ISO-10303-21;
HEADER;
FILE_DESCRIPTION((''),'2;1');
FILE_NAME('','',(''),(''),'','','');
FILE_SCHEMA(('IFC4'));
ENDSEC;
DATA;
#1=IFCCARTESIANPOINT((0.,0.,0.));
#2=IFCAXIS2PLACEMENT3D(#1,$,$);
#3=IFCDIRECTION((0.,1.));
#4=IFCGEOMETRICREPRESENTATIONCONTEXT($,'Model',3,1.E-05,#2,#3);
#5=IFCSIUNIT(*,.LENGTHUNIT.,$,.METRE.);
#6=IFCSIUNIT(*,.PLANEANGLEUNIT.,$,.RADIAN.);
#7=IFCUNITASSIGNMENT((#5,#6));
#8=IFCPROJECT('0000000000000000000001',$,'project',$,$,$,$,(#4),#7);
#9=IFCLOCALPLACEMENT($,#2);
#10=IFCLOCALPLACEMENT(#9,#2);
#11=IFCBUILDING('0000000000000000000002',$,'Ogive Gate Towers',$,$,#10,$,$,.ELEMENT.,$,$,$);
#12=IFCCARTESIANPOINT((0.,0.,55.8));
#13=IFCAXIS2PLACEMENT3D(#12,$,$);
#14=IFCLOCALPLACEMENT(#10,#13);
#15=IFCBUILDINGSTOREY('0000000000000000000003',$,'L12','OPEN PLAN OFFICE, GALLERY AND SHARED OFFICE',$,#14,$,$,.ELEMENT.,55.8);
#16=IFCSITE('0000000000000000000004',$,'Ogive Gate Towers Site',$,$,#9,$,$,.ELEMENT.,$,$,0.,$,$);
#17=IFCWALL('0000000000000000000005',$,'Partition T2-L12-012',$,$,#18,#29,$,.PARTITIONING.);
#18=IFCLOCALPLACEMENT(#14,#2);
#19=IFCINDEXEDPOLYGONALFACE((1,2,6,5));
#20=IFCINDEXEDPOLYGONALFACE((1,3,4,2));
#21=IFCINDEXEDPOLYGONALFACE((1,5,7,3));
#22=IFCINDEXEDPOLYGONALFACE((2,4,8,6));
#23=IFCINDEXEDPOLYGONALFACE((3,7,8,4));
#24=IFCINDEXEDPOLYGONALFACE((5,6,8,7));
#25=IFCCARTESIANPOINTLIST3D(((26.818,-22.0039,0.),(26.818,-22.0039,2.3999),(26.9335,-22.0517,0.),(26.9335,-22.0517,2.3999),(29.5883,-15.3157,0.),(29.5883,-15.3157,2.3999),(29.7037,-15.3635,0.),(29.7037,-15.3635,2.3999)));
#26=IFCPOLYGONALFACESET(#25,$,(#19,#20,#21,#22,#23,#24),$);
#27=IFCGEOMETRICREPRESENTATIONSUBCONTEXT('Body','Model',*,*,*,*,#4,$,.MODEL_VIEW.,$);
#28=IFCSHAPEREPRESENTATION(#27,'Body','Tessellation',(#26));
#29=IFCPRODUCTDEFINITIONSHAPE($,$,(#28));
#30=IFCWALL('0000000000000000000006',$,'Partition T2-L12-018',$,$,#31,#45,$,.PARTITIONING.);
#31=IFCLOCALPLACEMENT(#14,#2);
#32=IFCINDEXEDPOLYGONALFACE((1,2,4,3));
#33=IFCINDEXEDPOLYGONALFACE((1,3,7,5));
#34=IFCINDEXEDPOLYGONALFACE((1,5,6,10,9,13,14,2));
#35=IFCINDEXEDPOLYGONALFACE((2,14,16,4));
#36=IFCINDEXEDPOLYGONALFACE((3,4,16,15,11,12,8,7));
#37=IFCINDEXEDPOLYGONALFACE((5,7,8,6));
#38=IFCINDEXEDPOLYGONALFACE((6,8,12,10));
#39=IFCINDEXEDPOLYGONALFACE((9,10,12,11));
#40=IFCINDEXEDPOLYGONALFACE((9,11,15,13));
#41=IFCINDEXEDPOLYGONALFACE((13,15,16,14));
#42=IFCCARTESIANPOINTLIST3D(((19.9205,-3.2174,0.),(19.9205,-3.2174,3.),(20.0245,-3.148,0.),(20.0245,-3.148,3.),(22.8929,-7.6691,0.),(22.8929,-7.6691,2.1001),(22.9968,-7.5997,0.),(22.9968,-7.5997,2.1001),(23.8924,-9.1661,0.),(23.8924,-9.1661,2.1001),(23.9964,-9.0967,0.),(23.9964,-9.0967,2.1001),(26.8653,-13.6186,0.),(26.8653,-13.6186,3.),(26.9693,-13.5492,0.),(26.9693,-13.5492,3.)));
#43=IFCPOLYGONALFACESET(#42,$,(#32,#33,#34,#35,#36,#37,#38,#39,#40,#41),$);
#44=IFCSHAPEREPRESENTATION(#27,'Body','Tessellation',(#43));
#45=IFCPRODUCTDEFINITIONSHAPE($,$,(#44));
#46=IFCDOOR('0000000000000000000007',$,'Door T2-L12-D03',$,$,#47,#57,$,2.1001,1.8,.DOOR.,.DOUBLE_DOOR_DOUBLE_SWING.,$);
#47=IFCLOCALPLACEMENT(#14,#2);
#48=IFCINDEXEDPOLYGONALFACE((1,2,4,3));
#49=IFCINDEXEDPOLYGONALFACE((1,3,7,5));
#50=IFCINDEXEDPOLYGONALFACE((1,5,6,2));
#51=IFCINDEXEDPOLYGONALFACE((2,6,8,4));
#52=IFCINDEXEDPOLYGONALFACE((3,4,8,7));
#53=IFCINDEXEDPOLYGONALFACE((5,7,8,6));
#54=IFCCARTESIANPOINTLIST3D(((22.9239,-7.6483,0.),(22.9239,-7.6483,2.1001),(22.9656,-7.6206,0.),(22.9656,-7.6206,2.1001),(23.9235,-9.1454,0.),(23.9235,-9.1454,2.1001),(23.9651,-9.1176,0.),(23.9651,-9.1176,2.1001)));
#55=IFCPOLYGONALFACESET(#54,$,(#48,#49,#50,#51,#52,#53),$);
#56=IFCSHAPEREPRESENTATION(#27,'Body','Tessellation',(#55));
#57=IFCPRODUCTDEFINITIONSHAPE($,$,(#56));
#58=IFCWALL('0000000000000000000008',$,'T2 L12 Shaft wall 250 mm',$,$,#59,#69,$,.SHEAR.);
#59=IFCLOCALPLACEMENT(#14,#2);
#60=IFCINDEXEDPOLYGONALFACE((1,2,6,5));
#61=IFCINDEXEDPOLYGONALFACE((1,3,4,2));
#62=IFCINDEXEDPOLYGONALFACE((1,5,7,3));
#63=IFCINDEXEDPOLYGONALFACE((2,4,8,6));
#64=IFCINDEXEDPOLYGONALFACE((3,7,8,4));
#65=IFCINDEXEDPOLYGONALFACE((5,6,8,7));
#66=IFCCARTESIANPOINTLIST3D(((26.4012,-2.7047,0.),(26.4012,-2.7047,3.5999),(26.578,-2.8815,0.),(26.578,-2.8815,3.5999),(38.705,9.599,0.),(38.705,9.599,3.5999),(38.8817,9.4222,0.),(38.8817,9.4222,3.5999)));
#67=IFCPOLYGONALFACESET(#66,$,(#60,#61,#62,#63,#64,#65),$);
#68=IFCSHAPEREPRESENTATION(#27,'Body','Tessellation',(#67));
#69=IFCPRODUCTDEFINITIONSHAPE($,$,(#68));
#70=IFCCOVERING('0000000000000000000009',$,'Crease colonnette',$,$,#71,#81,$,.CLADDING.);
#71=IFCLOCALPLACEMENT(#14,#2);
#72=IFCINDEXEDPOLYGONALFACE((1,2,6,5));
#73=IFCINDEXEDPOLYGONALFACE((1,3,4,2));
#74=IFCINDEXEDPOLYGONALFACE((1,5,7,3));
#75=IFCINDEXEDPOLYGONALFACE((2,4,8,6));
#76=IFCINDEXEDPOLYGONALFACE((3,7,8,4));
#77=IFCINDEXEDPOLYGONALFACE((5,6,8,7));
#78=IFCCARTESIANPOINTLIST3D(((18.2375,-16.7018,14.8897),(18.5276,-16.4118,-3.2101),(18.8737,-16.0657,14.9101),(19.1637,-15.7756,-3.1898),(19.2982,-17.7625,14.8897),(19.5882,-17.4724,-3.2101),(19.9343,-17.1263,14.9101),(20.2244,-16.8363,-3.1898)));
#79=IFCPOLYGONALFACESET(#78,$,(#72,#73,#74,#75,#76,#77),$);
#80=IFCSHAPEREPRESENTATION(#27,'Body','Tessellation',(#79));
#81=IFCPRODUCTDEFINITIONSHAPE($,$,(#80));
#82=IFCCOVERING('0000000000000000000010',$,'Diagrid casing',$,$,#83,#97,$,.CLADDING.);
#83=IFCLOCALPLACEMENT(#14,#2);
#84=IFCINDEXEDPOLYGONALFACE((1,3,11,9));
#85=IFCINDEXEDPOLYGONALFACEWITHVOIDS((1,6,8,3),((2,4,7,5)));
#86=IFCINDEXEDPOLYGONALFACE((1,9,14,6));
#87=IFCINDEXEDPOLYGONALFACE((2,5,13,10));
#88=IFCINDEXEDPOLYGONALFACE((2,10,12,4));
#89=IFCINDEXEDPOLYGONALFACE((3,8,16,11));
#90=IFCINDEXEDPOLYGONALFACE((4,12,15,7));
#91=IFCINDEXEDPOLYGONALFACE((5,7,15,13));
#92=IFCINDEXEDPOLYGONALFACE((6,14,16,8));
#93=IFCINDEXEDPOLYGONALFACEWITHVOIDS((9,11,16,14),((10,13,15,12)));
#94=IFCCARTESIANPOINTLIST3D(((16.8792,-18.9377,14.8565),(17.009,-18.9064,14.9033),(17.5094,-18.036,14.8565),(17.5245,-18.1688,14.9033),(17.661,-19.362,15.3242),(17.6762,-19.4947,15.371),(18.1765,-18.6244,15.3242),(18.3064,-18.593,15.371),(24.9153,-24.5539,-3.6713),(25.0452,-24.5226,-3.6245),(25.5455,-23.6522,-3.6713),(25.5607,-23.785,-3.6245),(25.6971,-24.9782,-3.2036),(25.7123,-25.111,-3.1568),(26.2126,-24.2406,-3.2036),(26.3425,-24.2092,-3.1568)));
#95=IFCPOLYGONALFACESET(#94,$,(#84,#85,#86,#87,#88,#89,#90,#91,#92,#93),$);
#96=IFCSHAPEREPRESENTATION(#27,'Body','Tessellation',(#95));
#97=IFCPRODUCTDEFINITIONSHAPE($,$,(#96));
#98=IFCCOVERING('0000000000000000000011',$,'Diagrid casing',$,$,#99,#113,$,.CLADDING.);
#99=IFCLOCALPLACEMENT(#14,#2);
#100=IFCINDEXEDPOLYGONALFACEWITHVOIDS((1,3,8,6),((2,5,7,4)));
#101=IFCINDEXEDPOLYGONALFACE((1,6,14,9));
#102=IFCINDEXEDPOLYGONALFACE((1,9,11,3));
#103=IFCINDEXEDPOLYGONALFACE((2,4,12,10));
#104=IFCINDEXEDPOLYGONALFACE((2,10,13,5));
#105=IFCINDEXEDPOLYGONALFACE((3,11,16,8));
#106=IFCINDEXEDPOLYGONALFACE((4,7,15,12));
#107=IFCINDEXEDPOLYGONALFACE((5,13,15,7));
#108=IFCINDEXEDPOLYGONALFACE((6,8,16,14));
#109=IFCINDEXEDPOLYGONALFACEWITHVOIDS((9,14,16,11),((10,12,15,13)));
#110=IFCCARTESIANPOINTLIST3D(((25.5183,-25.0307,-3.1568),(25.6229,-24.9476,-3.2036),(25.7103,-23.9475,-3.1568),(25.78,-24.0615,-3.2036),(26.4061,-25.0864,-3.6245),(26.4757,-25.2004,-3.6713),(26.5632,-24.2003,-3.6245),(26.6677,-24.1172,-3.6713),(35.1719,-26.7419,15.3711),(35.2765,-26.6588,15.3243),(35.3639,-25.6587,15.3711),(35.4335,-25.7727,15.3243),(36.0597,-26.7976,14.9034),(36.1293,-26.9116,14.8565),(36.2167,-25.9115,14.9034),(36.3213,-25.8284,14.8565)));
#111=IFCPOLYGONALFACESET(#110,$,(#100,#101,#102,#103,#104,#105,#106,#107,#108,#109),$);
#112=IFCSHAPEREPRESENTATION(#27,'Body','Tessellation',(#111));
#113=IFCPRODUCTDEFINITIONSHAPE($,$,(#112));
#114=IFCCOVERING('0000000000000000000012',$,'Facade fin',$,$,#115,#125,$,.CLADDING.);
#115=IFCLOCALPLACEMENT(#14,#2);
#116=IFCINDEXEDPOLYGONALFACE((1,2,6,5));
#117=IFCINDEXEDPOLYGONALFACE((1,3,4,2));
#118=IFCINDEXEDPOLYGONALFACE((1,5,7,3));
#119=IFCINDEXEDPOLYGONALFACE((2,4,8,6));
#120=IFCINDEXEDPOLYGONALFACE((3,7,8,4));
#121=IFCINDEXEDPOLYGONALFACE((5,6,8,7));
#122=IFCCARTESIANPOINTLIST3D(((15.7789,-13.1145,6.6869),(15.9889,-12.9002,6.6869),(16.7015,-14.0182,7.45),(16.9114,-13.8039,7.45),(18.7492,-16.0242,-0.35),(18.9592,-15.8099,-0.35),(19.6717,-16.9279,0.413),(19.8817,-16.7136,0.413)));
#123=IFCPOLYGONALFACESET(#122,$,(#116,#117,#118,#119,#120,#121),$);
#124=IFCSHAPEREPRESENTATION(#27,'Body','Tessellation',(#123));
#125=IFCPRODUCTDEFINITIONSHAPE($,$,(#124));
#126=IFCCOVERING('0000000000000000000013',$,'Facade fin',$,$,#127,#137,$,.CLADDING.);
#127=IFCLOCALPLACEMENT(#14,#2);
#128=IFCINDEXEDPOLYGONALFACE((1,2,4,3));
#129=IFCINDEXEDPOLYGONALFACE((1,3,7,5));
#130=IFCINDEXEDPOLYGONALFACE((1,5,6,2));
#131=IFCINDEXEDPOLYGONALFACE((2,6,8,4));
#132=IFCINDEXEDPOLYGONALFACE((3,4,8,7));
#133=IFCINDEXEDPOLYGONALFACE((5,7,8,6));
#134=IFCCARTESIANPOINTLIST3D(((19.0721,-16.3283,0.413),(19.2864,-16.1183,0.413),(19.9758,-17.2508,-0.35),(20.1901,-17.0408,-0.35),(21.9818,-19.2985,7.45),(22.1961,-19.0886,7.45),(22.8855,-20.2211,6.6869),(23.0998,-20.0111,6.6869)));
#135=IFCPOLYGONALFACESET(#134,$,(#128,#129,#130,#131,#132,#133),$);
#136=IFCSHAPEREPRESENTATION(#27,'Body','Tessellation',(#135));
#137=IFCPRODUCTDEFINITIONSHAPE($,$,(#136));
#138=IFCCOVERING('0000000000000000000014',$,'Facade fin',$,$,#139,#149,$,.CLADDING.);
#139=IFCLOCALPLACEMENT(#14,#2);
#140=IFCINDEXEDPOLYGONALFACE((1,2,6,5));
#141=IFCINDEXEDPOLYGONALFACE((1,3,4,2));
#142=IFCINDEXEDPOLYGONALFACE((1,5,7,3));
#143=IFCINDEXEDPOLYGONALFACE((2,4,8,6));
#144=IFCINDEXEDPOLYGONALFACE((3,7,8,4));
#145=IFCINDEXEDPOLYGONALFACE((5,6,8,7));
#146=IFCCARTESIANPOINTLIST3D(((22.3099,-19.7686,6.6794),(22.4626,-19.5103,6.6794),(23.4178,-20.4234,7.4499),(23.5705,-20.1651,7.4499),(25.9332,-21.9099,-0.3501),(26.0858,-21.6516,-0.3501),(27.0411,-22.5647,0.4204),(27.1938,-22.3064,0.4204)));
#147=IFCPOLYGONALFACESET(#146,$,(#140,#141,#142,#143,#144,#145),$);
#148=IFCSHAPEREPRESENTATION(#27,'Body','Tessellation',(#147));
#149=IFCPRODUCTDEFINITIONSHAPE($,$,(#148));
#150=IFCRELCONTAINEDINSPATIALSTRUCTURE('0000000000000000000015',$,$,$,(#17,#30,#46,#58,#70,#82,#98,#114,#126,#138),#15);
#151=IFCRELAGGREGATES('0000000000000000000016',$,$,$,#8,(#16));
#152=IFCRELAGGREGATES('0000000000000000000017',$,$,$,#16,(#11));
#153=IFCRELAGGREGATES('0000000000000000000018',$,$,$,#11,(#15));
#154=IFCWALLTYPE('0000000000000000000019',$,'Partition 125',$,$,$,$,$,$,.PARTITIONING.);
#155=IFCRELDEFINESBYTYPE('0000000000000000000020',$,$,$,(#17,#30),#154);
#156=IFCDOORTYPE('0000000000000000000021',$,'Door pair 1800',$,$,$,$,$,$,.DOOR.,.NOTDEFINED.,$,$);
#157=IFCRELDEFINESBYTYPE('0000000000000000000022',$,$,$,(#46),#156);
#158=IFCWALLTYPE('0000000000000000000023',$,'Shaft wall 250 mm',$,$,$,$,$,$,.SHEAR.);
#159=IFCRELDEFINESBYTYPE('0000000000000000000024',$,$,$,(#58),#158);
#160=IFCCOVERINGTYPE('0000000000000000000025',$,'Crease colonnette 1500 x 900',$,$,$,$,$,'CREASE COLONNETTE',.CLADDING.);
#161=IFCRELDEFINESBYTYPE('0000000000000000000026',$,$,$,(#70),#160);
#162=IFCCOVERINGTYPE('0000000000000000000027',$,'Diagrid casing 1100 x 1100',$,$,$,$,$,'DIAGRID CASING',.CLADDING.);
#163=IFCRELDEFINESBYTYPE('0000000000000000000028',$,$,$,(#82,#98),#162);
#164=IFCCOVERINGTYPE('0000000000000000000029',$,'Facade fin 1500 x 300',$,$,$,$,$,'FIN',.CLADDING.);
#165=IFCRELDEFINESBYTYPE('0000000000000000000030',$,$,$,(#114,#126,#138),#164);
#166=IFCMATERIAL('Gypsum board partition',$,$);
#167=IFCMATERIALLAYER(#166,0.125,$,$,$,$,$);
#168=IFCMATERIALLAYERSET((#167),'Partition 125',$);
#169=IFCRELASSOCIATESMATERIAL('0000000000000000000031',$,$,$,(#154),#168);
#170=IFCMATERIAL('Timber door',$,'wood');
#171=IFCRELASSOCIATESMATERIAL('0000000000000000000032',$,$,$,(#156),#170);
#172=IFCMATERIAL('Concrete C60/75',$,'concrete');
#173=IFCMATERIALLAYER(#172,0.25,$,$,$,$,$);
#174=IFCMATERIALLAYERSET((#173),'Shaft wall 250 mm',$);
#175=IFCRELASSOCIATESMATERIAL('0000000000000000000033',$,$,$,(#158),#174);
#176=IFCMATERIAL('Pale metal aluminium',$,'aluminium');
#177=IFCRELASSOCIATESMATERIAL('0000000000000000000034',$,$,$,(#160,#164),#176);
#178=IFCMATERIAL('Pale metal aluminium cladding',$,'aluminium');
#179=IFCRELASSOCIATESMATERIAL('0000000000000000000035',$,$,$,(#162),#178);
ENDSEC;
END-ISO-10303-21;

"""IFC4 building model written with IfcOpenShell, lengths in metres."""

from ifc_helpers import new_model, si_unit, direction, frame, frame_2d, origin, origin_2d, place, context, subcontext, project, spatial, rectangle, hollow_rectangle, extrude, material, layer, layer_set, material_profile, profile_set, type_object, element, fill, save


model = new_model("IFC4")

# Units and contexts
model_context = context("Model", 3, precision=1e-05, world=origin(), true_north=direction((0.0, 1.0)))
body_context = subcontext(model_context, "Body", "Model", "MODEL_VIEW")
ifc_project = project(units=[si_unit("LENGTHUNIT", "METRE"), si_unit("PLANEANGLEUNIT", "RADIAN")], contexts=[model_context])

# Site, building, storey
site_placement = place(None, origin())
site = spatial("IfcSite", under=ifc_project, at=site_placement, Name="Ogive Gate Towers Site", CompositionType="ELEMENT", RefElevation=0.0)
building_placement = place(site_placement, origin())
building = spatial("IfcBuilding", under=site, at=building_placement, Name="Ogive Gate Towers", CompositionType="ELEMENT")
storey_placement = place(building_placement, frame((0.0, 0.0, 55.8)))
storey = spatial("IfcBuildingStorey", under=building, at=storey_placement, Name="L12", Description="OPEN PLAN OFFICE, GALLERY AND SHARED OFFICE", CompositionType="ELEMENT", Elevation=55.8)

# Shared definitions
ifc_material_1 = material(Name="Pale metal aluminium", Category="aluminium")

# Wall
ifc_material_2 = material(Name="Gypsum board partition")
ifc_layer_1 = layer(ifc_material_2, 0.125)
ifc_layer_set_1 = layer_set([ifc_layer_1], Name="Partition 125")
wall_type_1 = type_object("IfcWallType", Name="Partition 125", PredefinedType="PARTITIONING", material=ifc_layer_set_1)
wall_1_placement = place(storey_placement, frame((26.8757, -22.0278, 0.0), z_axis=(0.0, 0.0, 1.0), x_axis=(0.382672, 0.923884, 0.0)))
element("IfcWall", 1, at=wall_1_placement, inside=storey, type_object=wall_type_1, Name="Partition T2-L12-012", PredefinedType="PARTITIONING", context=body_context, shape_type="SweptSolid", body=[
    extrude(rectangle(XDim=7.2393, YDim=0.125, at=frame_2d((3.6196, 0.0))), origin(), (0.0, 0.0, 1.0), 2.3999),
])

# Wall, opening, door
wall_2_placement = place(storey_placement, frame((19.9724, -3.1826, 0.0), z_axis=(0.0, 0.0, 1.0), x_axis=(0.555295, -0.831654, 0.0)))
wall_2 = element("IfcWall", 2, at=wall_2_placement, inside=storey, type_object=wall_type_1, Name="Partition T2-L12-018", PredefinedType="PARTITIONING", context=body_context, shape_type="SweptSolid", body=[
    extrude(rectangle(XDim=12.5066, YDim=0.125, at=frame_2d((6.2534, 0.0))), origin(), (0.0, 0.0, 1.0), 3.0),
])
opening_placement = place(wall_2_placement, frame((5.353, 0.0, 0.0)))
opening = element("IfcOpeningElement", 3, at=opening_placement, cuts=wall_2, PredefinedType="OPENING", context=body_context, shape_type="SweptSolid", body=[
    extrude(rectangle(XDim=1.8, YDim=2.1001, at=frame_2d((0.8999, 1.05))), frame((0.0, 0.0725, 0.0), z_axis=(0.0, -1.0, 0.0), x_axis=(1.0, 0.0, 0.0)), (0.0, 0.0, 1.0), 0.145),
])
ifc_material_3 = material(Name="Timber door", Category="wood")
door_type = type_object("IfcDoorType", Name="Door pair 1800", OperationType="NOTDEFINED", PredefinedType="DOOR", material=ifc_material_3)
door_placement = place(opening_placement, origin())
door = element("IfcDoor", 4, at=door_placement, inside=storey, type_object=door_type, Name="Door T2-L12-D03", OperationType="DOUBLE_DOOR_DOUBLE_SWING", OverallHeight=2.1001, OverallWidth=1.8, PredefinedType="DOOR", context=body_context, shape_type="SweptSolid", body=[
    extrude(rectangle(XDim=1.8, YDim=2.1001, at=frame_2d((0.8999, 1.05))), frame((0.0, 0.0249, 0.0), z_axis=(0.0, -1.0, 0.0), x_axis=(1.0, 0.0, 0.0)), (0.0, 0.0, 1.0), 0.05),
])
fill(opening, door)

# Wall
ifc_material_4 = material(Name="Concrete C60/75", Category="concrete")
ifc_layer_2 = layer(ifc_material_4, 0.25)
ifc_layer_set_2 = layer_set([ifc_layer_2], Name="Shaft wall 250 mm")
wall_type_2 = type_object("IfcWallType", Name="Shaft wall 250 mm", PredefinedType="SHEAR", material=ifc_layer_set_2)
wall_3_placement = place(storey_placement, frame((26.4895, -2.7932, 0.0), z_axis=(0.0, 0.0, 1.0), x_axis=(0.707107, 0.707107, 0.0)))
element("IfcWall", 5, at=wall_3_placement, inside=storey, type_object=wall_type_2, Name="T2 L12 Shaft wall 250 mm", PredefinedType="SHEAR", context=body_context, shape_type="SweptSolid", body=[
    extrude(rectangle(XDim=17.4001, YDim=0.25, at=frame_2d((8.7002, 0.0))), origin(), (0.0, 0.0, 1.0), 3.5999),
])

# Coverings
ifc_material_profile_1 = material_profile(ifc_material_1, rectangle(XDim=1.5, YDim=0.8999, at=origin_2d()), Name="1500 x 900 pale metal aluminium")
ifc_profile_set_1 = profile_set([ifc_material_profile_1], Name="Pale metal aluminium")
covering_type_1 = type_object("IfcCoveringType", Name="Crease colonnette 1500 x 900", ElementType="CREASE COLONNETTE", PredefinedType="CLADDING", material=ifc_profile_set_1)
covering_1_placement = place(storey_placement, frame((19.376, -16.624, -3.2), z_axis=(-0.01602, -0.01602, 0.999743), x_axis=(0.707107, -0.707107, 0.0)))
element("IfcCovering", 6, at=covering_1_placement, inside=storey, type_object=covering_type_1, Name="Crease colonnette", PredefinedType="CLADDING", context=body_context, shape_type="SweptSolid", body=[
    extrude(rectangle(XDim=1.5, YDim=0.8999, at=origin_2d()), origin(), (0.0, 0.0, 1.0), 18.1045),
])
ifc_material_5 = material(Name="Pale metal aluminium cladding", Category="aluminium")
ifc_material_profile_2 = material_profile(ifc_material_5, hollow_rectangle(XDim=1.1001, YDim=1.1001, WallThickness=0.1001, at=origin_2d()), Name="1100 x 1100 pale metal casing")
ifc_profile_set_2 = profile_set([ifc_material_profile_2], Name="Pale metal aluminium cladding")
covering_type_2 = type_object("IfcCoveringType", Name="Diagrid casing 1100 x 1100", ElementType="DIAGRID CASING", PredefinedType="CLADDING", material=ifc_profile_set_2)
for number, where, z_axis, x_axis, name in (
    (7, (25.6289, -24.3816, -3.4141), (-0.383368, 0.267925, 0.883881), (-0.57284, -0.819667, 0.0), "Diagrid casing"),
    (8, (26.093, -24.574, -3.4141), (0.46053, -0.081633, 0.883883), (0.174538, 0.98465, 0.0), "Diagrid casing"),
):
    element("IfcCovering", number, at=place(storey_placement, frame(where, z_axis=z_axis, x_axis=x_axis)), inside=storey, type_object=covering_type_2, Name=name, PredefinedType="CLADDING", context=body_context, shape_type="SweptSolid", body=[
        extrude(hollow_rectangle(XDim=1.1001, YDim=1.1001, WallThickness=0.1001, at=origin_2d()), origin(), (0.0, 0.0, 1.0), 20.9619),
    ])
ifc_material_profile_3 = material_profile(ifc_material_1, rectangle(XDim=0.3, YDim=1.5, at=origin_2d()), Name="1500 x 300 pale metal aluminium")
ifc_profile_set_3 = profile_set([ifc_material_profile_3], Name="Pale metal aluminium")
covering_type_3 = type_object("IfcCoveringType", Name="Facade fin 1500 x 300", ElementType="FIN", PredefinedType="CLADDING", material=ifc_profile_set_3)
for number, where, z_axis, x_axis, name in (
    (9, (19.3154, -16.3689, 0.0315), (-0.363396, 0.355989, 0.860938), (-0.699788, -0.71435, 0.0), "Facade fin"),
    (10, (19.6311, -16.6846, 0.0315), (0.355989, -0.363396, 0.860938), (0.71435, 0.699788, 0.0), "Facade fin"),
):
    element("IfcCovering", number, at=place(storey_placement, frame(where, z_axis=z_axis, x_axis=x_axis)), inside=storey, type_object=covering_type_3, Name=name, PredefinedType="CLADDING", context=body_context, shape_type="SweptSolid", body=[
        extrude(rectangle(XDim=0.3, YDim=1.5, at=origin_2d()), origin(), (0.0, 0.0, 1.0), 8.1736),
    ])
covering_2_placement = place(storey_placement, frame((26.5635, -22.1082, 0.0352), z_axis=(-0.442233, 0.261359, 0.857975), x_axis=(-0.508786, -0.860893, 0.0)))
element("IfcCovering", 11, at=covering_2_placement, inside=storey, type_object=covering_type_3, Name="Facade fin", PredefinedType="CLADDING", context=body_context, shape_type="SweptSolid", body=[
    extrude(rectangle(XDim=0.3, YDim=1.5, at=origin_2d()), origin(), (0.0, 0.0, 1.0), 8.1931),
])

save(model, "model.ifc")
